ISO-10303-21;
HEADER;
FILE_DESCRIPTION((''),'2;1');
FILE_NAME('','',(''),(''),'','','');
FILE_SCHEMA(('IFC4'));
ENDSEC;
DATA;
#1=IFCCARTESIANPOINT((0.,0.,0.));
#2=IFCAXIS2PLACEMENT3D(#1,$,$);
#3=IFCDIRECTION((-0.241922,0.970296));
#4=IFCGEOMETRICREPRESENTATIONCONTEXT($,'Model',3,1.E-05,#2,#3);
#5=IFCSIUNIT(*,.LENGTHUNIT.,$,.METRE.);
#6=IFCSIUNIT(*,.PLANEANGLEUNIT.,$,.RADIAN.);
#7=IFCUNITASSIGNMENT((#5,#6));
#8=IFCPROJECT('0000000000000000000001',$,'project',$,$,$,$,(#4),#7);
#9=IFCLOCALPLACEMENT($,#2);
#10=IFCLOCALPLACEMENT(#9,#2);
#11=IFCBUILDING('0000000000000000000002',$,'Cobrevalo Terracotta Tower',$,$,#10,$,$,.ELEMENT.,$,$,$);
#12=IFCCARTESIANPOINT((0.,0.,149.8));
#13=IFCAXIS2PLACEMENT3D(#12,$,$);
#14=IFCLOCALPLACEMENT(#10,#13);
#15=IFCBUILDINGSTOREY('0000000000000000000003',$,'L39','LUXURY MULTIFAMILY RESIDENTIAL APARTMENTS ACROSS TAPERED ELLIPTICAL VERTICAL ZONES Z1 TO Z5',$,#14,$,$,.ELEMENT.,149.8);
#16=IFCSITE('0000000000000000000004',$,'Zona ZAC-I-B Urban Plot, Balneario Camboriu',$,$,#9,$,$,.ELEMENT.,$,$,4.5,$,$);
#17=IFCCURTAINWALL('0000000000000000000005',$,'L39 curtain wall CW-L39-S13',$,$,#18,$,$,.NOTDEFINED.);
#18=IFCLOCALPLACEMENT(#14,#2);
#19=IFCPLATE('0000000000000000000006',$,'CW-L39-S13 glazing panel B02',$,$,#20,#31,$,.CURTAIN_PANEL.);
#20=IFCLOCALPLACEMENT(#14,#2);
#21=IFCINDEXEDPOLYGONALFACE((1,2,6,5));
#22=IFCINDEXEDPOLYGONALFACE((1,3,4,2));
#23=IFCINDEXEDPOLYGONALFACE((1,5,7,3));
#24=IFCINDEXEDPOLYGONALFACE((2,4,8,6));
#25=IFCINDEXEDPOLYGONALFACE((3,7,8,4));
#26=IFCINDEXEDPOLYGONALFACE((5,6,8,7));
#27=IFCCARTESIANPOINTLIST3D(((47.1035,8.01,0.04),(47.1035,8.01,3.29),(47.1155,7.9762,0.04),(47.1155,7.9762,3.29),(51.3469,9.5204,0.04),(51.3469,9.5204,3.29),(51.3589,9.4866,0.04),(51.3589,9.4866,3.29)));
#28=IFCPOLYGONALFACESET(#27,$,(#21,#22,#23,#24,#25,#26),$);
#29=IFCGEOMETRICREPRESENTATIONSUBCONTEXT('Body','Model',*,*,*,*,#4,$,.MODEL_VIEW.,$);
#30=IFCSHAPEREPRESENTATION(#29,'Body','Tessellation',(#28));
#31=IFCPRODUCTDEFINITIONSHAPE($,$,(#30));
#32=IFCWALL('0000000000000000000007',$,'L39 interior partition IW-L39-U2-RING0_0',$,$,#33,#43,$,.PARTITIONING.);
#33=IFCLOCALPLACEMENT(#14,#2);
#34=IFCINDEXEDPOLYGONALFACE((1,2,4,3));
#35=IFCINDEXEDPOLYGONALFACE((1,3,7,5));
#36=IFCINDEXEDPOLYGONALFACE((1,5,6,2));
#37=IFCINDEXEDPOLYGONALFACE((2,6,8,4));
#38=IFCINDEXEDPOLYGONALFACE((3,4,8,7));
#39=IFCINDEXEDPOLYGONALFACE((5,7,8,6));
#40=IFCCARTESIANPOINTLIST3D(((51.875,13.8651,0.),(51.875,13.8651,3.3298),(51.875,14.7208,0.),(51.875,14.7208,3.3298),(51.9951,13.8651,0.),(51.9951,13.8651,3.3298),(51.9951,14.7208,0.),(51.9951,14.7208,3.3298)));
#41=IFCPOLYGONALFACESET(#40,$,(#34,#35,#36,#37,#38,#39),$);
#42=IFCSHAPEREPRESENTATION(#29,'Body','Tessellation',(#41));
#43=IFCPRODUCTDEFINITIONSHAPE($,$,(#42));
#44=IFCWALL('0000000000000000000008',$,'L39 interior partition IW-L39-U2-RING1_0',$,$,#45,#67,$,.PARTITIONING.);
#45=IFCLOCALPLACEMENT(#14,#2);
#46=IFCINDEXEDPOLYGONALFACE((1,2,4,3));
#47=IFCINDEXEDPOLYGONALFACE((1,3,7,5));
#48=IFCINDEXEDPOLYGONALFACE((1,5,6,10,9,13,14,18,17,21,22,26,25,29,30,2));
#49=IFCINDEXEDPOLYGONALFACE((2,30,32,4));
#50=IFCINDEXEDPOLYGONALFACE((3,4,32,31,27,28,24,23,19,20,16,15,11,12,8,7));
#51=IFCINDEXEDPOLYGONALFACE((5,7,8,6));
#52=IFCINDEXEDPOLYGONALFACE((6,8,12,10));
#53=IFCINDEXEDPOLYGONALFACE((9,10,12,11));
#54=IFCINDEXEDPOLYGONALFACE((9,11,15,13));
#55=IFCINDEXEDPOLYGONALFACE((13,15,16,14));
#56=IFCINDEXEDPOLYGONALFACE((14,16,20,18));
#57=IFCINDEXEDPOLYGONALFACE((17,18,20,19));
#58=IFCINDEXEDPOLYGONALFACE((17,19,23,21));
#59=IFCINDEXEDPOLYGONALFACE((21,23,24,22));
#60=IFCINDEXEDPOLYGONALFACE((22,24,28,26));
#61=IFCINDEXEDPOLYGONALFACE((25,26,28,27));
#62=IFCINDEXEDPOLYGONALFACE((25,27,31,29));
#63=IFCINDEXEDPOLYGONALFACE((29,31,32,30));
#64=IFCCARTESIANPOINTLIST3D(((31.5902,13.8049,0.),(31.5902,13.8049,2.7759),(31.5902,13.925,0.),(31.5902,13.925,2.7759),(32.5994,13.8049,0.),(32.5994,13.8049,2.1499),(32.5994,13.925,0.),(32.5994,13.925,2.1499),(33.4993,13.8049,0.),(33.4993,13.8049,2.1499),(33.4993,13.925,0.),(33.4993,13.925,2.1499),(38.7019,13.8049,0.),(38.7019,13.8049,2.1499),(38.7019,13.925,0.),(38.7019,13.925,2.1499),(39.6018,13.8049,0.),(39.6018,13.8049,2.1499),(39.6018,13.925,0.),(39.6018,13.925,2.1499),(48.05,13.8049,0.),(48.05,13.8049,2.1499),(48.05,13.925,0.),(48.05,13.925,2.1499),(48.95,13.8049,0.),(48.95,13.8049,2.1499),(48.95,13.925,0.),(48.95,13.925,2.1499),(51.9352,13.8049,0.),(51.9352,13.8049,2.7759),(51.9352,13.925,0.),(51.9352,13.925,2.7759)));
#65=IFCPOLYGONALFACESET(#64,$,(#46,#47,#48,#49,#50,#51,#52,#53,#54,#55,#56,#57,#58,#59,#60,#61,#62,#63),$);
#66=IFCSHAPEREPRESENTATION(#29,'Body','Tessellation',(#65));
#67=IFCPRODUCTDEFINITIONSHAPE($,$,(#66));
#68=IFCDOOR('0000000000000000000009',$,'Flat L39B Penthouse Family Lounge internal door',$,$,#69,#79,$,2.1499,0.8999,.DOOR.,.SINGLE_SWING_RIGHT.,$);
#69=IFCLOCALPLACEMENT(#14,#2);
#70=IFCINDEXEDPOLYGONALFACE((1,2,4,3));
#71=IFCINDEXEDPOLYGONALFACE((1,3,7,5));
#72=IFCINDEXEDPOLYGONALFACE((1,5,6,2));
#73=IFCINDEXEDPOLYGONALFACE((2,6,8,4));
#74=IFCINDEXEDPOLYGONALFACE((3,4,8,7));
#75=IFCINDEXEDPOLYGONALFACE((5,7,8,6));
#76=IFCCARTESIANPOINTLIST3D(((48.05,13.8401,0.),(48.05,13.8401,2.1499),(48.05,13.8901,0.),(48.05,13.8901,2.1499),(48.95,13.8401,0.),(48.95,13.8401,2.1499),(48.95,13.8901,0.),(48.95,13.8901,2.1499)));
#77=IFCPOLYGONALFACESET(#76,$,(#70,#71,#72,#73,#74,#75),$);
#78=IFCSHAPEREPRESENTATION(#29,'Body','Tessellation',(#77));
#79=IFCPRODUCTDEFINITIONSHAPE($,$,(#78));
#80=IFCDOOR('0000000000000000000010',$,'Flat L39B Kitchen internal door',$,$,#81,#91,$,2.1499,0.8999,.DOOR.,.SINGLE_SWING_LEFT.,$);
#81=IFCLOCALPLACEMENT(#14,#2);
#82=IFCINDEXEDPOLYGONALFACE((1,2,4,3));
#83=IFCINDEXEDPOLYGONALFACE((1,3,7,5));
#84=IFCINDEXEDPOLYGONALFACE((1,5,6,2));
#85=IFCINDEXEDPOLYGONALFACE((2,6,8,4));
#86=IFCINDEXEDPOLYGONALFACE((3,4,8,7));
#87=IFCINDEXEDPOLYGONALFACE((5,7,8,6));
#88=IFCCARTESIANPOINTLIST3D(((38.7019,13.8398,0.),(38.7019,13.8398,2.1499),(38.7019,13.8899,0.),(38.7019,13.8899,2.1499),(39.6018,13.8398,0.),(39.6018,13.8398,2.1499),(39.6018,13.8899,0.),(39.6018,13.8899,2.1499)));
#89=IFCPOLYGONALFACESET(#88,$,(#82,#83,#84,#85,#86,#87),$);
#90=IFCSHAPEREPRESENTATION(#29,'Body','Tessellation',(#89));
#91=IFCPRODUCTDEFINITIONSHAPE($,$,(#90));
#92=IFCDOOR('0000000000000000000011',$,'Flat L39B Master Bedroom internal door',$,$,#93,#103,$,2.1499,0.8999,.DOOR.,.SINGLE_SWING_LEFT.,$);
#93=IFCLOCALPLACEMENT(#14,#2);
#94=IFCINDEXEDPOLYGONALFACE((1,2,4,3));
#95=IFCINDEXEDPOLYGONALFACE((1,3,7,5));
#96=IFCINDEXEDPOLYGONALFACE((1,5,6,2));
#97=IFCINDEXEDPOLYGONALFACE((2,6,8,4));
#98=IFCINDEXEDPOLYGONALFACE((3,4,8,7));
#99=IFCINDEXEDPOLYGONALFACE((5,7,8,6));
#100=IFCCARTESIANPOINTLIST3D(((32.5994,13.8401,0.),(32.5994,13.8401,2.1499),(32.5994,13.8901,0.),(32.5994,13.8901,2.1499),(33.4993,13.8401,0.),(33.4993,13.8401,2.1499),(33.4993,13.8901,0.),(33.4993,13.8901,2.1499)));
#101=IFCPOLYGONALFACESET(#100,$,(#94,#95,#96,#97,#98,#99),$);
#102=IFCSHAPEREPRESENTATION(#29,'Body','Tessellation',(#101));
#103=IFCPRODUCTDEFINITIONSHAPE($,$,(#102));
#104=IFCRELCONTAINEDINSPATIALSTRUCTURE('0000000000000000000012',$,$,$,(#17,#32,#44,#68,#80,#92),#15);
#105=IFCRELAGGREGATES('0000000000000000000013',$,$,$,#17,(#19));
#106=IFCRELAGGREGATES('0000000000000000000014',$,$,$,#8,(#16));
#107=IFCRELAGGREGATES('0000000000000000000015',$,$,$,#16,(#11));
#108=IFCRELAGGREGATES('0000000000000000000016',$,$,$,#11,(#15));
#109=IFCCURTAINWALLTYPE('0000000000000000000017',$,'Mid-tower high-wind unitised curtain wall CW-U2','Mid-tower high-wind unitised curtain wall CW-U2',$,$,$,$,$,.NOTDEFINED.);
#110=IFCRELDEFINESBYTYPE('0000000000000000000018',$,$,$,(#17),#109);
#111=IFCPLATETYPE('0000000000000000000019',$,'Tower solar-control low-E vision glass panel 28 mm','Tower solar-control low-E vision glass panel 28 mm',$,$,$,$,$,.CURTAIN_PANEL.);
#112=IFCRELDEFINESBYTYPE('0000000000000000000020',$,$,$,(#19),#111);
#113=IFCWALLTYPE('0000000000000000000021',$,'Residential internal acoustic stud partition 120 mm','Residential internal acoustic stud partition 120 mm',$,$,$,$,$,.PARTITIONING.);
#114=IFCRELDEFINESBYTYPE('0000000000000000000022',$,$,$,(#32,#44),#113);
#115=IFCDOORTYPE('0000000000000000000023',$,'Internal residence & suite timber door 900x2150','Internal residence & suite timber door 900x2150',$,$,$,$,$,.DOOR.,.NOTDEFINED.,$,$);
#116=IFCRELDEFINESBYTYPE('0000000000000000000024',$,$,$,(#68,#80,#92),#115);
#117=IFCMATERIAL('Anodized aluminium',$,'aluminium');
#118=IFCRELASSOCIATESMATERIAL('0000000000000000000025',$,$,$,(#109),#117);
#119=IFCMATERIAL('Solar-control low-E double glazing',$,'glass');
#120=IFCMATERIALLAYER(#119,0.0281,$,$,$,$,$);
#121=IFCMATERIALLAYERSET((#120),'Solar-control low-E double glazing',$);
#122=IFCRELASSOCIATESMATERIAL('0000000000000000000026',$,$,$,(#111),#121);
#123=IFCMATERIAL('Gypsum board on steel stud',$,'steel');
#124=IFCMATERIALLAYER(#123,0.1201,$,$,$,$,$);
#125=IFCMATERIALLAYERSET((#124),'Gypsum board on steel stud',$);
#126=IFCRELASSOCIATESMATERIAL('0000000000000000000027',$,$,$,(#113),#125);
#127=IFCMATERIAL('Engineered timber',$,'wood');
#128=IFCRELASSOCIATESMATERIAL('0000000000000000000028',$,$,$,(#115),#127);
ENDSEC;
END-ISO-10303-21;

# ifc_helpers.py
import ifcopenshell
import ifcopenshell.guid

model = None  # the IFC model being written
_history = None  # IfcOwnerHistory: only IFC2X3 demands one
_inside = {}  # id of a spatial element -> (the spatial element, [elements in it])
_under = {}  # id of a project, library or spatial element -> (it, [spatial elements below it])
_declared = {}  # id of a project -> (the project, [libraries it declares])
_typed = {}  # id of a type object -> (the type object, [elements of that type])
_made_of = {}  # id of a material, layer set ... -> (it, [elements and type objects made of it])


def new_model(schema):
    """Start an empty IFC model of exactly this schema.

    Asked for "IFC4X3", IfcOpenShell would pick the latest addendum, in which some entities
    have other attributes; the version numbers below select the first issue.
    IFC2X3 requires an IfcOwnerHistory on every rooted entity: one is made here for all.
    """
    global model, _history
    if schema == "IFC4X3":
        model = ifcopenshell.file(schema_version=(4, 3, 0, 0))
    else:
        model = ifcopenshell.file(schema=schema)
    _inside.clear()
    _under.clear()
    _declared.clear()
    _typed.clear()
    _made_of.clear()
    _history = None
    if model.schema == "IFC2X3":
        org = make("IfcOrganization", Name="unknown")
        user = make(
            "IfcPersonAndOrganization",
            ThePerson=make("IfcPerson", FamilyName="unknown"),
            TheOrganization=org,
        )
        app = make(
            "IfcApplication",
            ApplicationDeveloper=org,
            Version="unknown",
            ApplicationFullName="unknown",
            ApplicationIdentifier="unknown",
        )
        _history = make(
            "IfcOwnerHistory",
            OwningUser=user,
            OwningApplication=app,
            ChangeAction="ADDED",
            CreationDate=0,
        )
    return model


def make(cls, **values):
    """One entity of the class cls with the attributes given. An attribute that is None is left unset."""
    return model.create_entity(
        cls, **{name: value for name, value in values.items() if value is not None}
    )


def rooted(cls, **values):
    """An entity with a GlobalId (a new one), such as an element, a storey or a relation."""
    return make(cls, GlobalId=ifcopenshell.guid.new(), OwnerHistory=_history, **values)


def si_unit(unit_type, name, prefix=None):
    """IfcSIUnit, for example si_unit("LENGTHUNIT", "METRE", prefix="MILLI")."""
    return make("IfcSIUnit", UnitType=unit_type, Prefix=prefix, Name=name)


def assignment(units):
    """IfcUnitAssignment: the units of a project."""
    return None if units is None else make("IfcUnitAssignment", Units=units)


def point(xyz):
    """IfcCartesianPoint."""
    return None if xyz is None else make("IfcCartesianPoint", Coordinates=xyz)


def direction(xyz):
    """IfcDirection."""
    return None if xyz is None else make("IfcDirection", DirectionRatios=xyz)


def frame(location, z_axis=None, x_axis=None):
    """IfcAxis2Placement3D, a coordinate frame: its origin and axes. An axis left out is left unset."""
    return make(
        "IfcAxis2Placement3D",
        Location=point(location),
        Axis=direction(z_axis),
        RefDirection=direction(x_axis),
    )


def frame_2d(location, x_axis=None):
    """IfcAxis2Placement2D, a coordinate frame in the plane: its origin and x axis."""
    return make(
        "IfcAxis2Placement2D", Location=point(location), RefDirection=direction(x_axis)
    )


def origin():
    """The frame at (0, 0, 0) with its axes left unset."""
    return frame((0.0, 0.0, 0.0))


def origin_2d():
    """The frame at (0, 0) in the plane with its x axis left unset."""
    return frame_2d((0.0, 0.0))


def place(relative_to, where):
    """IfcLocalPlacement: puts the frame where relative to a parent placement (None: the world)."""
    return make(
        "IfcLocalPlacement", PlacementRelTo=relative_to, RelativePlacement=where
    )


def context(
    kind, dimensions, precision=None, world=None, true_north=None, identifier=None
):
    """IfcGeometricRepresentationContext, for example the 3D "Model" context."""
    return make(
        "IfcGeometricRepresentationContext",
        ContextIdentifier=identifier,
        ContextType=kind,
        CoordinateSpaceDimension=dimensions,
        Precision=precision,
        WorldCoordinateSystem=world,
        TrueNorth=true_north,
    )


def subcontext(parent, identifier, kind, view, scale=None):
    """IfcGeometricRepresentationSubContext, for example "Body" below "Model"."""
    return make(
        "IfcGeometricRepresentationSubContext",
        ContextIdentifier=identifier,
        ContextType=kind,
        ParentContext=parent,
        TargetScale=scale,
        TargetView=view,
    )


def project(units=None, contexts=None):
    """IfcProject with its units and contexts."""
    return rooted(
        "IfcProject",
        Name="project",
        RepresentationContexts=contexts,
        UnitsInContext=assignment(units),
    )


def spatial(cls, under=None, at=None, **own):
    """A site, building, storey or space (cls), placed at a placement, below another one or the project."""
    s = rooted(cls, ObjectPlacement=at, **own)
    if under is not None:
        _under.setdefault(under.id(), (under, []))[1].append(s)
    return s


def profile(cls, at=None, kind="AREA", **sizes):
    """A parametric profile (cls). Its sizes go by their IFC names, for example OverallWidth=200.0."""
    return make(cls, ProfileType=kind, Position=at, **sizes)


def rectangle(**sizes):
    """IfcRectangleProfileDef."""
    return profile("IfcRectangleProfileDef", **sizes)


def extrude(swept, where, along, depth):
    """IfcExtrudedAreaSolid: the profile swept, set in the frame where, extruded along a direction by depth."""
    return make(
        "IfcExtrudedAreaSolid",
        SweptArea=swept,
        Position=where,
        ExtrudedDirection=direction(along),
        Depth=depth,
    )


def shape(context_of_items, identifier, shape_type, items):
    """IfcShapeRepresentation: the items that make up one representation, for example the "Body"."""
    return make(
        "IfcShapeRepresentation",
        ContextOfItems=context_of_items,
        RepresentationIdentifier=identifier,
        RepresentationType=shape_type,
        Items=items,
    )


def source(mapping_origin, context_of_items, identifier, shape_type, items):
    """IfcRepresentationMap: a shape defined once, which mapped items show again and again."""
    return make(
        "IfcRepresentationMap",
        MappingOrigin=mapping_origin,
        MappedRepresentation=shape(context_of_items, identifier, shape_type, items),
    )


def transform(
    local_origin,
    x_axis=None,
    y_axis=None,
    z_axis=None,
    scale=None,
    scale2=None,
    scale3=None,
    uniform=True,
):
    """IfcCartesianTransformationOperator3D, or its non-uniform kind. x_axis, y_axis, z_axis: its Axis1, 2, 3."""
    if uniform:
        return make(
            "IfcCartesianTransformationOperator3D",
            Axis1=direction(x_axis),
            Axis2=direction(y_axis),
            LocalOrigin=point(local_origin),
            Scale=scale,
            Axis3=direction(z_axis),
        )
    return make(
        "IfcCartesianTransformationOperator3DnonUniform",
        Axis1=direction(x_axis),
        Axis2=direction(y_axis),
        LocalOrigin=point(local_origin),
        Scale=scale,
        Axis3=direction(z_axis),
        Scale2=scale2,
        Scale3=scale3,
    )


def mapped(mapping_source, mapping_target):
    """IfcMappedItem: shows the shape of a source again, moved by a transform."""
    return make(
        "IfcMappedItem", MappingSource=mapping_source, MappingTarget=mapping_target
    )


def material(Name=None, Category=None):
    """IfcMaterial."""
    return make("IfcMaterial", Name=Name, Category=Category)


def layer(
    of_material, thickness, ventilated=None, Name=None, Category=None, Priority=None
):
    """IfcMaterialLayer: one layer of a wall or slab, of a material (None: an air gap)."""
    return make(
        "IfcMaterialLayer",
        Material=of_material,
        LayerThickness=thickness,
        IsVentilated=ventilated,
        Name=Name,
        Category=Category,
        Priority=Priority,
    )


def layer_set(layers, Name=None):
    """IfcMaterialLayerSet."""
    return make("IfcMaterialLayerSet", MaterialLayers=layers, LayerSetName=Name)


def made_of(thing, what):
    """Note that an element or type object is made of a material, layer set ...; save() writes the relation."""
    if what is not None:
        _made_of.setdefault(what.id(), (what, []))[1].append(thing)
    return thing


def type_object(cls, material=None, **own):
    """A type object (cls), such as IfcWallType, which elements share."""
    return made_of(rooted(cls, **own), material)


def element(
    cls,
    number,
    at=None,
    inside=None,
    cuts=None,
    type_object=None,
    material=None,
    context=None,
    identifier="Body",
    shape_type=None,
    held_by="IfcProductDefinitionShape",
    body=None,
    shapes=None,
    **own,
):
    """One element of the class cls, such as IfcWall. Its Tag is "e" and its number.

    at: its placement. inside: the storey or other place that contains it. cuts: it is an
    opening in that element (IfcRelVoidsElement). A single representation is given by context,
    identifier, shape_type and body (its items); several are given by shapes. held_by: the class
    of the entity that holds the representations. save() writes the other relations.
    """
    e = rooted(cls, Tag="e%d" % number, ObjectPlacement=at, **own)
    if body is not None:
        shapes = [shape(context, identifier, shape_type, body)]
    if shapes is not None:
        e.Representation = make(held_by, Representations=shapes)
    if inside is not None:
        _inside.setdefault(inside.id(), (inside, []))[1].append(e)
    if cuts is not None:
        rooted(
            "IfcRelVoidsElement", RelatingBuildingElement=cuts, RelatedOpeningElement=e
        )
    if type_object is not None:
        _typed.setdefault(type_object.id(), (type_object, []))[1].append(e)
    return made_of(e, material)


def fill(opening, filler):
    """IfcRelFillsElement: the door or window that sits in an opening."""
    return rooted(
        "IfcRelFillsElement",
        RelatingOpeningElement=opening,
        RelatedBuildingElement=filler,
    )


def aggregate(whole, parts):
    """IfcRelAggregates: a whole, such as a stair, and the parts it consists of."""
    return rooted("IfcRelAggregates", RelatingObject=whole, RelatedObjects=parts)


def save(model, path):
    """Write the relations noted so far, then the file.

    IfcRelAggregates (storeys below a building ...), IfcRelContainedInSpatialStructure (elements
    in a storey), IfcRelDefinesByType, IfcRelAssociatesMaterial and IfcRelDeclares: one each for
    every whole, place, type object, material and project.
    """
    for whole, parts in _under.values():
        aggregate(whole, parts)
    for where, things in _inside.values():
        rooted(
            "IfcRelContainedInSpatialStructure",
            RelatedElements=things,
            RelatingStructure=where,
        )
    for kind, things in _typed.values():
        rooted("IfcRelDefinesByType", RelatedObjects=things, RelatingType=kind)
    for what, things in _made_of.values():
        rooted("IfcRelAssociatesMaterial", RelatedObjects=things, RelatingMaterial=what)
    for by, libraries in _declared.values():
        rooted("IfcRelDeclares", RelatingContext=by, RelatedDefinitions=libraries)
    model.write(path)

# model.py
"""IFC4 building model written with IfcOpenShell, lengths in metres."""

from ifc_helpers import new_model, si_unit, direction, frame, frame_2d, origin, origin_2d, place, context, subcontext, project, spatial, rectangle, extrude, source, transform, mapped, material, layer, layer_set, type_object, element, fill, aggregate, save


model = new_model("IFC4")

# Units and contexts
model_context = context("Model", 3, precision=1e-05, world=origin(), true_north=direction((-0.241922, 0.970296)))
body_context = subcontext(model_context, "Body", "Model", "MODEL_VIEW")
ifc_project = project(units=[si_unit("LENGTHUNIT", "METRE"), si_unit("PLANEANGLEUNIT", "RADIAN")], contexts=[model_context])

# Site, building, storey
site_placement = place(None, origin())
site = spatial("IfcSite", under=ifc_project, at=site_placement, Name="Zona ZAC-I-B Urban Plot, Balneario Camboriu", CompositionType="ELEMENT", RefElevation=4.5)
building_placement = place(site_placement, origin())
building = spatial("IfcBuilding", under=site, at=building_placement, Name="Cobrevalo Terracotta Tower", CompositionType="ELEMENT")
storey_placement = place(building_placement, frame((0.0, 0.0, 149.8)))
storey = spatial("IfcBuildingStorey", under=building, at=storey_placement, Name="L39", Description="LUXURY MULTIFAMILY RESIDENTIAL APARTMENTS ACROSS TAPERED ELLIPTICAL VERTICAL ZONES Z1 TO Z5", CompositionType="ELEMENT", Elevation=149.8)

# Shared definitions
ifc_material_1 = material(Name="Anodized aluminium", Category="aluminium")
curtain_wall_type = type_object("IfcCurtainWallType", Name="Mid-tower high-wind unitised curtain wall CW-U2", Description="Mid-tower high-wind unitised curtain wall CW-U2", PredefinedType="NOTDEFINED", material=ifc_material_1)

# Curtain wall
curtain_wall_1_placement = place(storey_placement, origin())
curtain_wall_1 = element("IfcCurtainWall", 1, at=curtain_wall_1_placement, inside=storey, type_object=curtain_wall_type, Name="L39 curtain wall CW-L39-S13", PredefinedType="NOTDEFINED")

# Plate
ifc_material_2 = material(Name="Solar-control low-E double glazing", Category="glass")
ifc_layer_1 = layer(ifc_material_2, 0.0281)
ifc_layer_set_1 = layer_set([ifc_layer_1], Name="Solar-control low-E double glazing")
plate_type = type_object("IfcPlateType", Name="Tower solar-control low-E vision glass panel 28 mm", Description="Tower solar-control low-E vision glass panel 28 mm", PredefinedType="CURTAIN_PANEL", material=ifc_layer_set_1)
shared_shape_1 = source(origin(), body_context, "Body", "SweptSolid", [
    extrude(rectangle(XDim=4.5042, YDim=0.0359, at=origin_2d()), origin(), (0.0, 0.0, 1.0), 3.25),
])
plate_1_placement = place(storey_placement, frame((49.2312, 8.7483, 0.04), z_axis=(0.0, 0.0, 1.0), x_axis=(0.942098, 0.335336, 0.0)))
plate_1 = element("IfcPlate", 2, at=plate_1_placement, type_object=plate_type, Name="CW-L39-S13 glazing panel B02", PredefinedType="CURTAIN_PANEL", context=body_context, shape_type="MappedRepresentation", body=[
    mapped(shared_shape_1, transform((0.0, 0.0, 0.0), scale=1.0)),
])
aggregate(curtain_wall_1, [plate_1])

# Wall
ifc_material_3 = material(Name="Gypsum board on steel stud", Category="steel")
ifc_layer_2 = layer(ifc_material_3, 0.1201)
ifc_layer_set_2 = layer_set([ifc_layer_2], Name="Gypsum board on steel stud")
wall_type = type_object("IfcWallType", Name="Residential internal acoustic stud partition 120 mm", Description="Residential internal acoustic stud partition 120 mm", PredefinedType="PARTITIONING", material=ifc_layer_set_2)
wall_1_placement = place(storey_placement, frame((51.9351, 14.7207, 0.0), z_axis=(0.0, 0.0, 1.0), x_axis=(0.0, -1.0, 0.0)))
element("IfcWall", 3, at=wall_1_placement, inside=storey, type_object=wall_type, Name="L39 interior partition IW-L39-U2-RING0_0", PredefinedType="PARTITIONING", context=body_context, shape_type="SweptSolid", body=[
    extrude(rectangle(XDim=0.8557, YDim=0.1201, at=frame_2d((0.4277, 0.0))), origin(), (0.0, 0.0, 1.0), 3.3298),
])

# Wall, openings, doors
wall_2_placement = place(storey_placement, frame((51.9351, 13.865, 0.0), z_axis=(0.0, 0.0, 1.0), x_axis=(-1.0, 0.0, 0.0)))
wall_2 = element("IfcWall", 4, at=wall_2_placement, inside=storey, type_object=wall_type, Name="L39 interior partition IW-L39-U2-RING1_0", PredefinedType="PARTITIONING", context=body_context, shape_type="SweptSolid", body=[
    extrude(rectangle(XDim=20.345, YDim=0.1201, at=frame_2d((10.1724, 0.0))), origin(), (0.0, 0.0, 1.0), 2.7759),
])
opening_1_placement = place(wall_2_placement, frame((2.9851, 0.0, 0.0)))
opening_1 = element("IfcOpeningElement", 5, at=opening_1_placement, cuts=wall_2, PredefinedType="OPENING", context=body_context, shape_type="SweptSolid", body=[
    extrude(rectangle(XDim=0.8999, YDim=2.1499, at=frame_2d((0.45, 1.075))), frame((0.0, 0.0701, 0.0), z_axis=(0.0, -1.0, 0.0), x_axis=(1.0, 0.0, 0.0)), (0.0, 0.0, 1.0), 0.1401),
])
opening_2_placement = place(wall_2_placement, frame((12.3333, 0.0, 0.0)))
opening_2 = element("IfcOpeningElement", 6, at=opening_2_placement, cuts=wall_2, PredefinedType="OPENING", context=body_context, shape_type="SweptSolid", body=[
    extrude(rectangle(XDim=0.8999, YDim=2.1499, at=frame_2d((0.45, 1.075))), frame((0.0, 0.0701, 0.0), z_axis=(0.0, -1.0, 0.0), x_axis=(1.0, 0.0, 0.0)), (0.0, 0.0, 1.0), 0.1401),
])
opening_3_placement = place(wall_2_placement, frame((18.4358, 0.0, 0.0)))
opening_3 = element("IfcOpeningElement", 7, at=opening_3_placement, cuts=wall_2, PredefinedType="OPENING", context=body_context, shape_type="SweptSolid", body=[
    extrude(rectangle(XDim=0.8999, YDim=2.1499, at=frame_2d((0.45, 1.075))), frame((0.0, 0.0701, 0.0), z_axis=(0.0, -1.0, 0.0), x_axis=(1.0, 0.0, 0.0)), (0.0, 0.0, 1.0), 0.1401),
])
ifc_material_4 = material(Name="Engineered timber", Category="wood")
door_type = type_object("IfcDoorType", Name="Internal residence & suite timber door 900x2150", Description="Internal residence & suite timber door 900x2150", OperationType="NOTDEFINED", PredefinedType="DOOR", material=ifc_material_4)
shared_shape_2 = source(origin(), body_context, "Body", "SweptSolid", [
    extrude(rectangle(XDim=0.8999, YDim=2.1499, at=frame_2d((0.45, 1.075))), frame((0.0, 0.0249, 0.0), z_axis=(0.0, -1.0, 0.0), x_axis=(1.0, 0.0, 0.0)), (0.0, 0.0, 1.0), 0.05),
])
door_1_placement = place(opening_1_placement, origin())
door_1 = element("IfcDoor", 8, at=door_1_placement, inside=storey, type_object=door_type, Name="Flat L39B Penthouse Family Lounge internal door", OperationType="SINGLE_SWING_RIGHT", OverallHeight=2.1499, OverallWidth=0.8999, PredefinedType="DOOR", context=body_context, shape_type="MappedRepresentation", body=[
    mapped(shared_shape_2, transform((0.0, 0.0, 0.0), scale=1.0)),
])
fill(opening_1, door_1)
door_2_placement = place(opening_2_placement, frame((0.8999, 0.0, 0.0), z_axis=(0.0, 0.0, 1.0), x_axis=(-1.0, 0.0, 0.0)))
door_2 = element("IfcDoor", 9, at=door_2_placement, inside=storey, type_object=door_type, Name="Flat L39B Kitchen internal door", OperationType="SINGLE_SWING_LEFT", OverallHeight=2.1499, OverallWidth=0.8999, PredefinedType="DOOR", context=body_context, shape_type="MappedRepresentation", body=[
    mapped(shared_shape_2, transform((0.0, 0.0, 0.0), scale=1.0)),
])
fill(opening_2, door_2)
door_3_placement = place(opening_3_placement, origin())
door_3 = element("IfcDoor", 10, at=door_3_placement, inside=storey, type_object=door_type, Name="Flat L39B Master Bedroom internal door", OperationType="SINGLE_SWING_LEFT", OverallHeight=2.1499, OverallWidth=0.8999, PredefinedType="DOOR", context=body_context, shape_type="MappedRepresentation", body=[
    mapped(shared_shape_2, transform((0.0, 0.0, 0.0), scale=1.0)),
])
fill(opening_3, door_3)

save(model, "model.ifc")
